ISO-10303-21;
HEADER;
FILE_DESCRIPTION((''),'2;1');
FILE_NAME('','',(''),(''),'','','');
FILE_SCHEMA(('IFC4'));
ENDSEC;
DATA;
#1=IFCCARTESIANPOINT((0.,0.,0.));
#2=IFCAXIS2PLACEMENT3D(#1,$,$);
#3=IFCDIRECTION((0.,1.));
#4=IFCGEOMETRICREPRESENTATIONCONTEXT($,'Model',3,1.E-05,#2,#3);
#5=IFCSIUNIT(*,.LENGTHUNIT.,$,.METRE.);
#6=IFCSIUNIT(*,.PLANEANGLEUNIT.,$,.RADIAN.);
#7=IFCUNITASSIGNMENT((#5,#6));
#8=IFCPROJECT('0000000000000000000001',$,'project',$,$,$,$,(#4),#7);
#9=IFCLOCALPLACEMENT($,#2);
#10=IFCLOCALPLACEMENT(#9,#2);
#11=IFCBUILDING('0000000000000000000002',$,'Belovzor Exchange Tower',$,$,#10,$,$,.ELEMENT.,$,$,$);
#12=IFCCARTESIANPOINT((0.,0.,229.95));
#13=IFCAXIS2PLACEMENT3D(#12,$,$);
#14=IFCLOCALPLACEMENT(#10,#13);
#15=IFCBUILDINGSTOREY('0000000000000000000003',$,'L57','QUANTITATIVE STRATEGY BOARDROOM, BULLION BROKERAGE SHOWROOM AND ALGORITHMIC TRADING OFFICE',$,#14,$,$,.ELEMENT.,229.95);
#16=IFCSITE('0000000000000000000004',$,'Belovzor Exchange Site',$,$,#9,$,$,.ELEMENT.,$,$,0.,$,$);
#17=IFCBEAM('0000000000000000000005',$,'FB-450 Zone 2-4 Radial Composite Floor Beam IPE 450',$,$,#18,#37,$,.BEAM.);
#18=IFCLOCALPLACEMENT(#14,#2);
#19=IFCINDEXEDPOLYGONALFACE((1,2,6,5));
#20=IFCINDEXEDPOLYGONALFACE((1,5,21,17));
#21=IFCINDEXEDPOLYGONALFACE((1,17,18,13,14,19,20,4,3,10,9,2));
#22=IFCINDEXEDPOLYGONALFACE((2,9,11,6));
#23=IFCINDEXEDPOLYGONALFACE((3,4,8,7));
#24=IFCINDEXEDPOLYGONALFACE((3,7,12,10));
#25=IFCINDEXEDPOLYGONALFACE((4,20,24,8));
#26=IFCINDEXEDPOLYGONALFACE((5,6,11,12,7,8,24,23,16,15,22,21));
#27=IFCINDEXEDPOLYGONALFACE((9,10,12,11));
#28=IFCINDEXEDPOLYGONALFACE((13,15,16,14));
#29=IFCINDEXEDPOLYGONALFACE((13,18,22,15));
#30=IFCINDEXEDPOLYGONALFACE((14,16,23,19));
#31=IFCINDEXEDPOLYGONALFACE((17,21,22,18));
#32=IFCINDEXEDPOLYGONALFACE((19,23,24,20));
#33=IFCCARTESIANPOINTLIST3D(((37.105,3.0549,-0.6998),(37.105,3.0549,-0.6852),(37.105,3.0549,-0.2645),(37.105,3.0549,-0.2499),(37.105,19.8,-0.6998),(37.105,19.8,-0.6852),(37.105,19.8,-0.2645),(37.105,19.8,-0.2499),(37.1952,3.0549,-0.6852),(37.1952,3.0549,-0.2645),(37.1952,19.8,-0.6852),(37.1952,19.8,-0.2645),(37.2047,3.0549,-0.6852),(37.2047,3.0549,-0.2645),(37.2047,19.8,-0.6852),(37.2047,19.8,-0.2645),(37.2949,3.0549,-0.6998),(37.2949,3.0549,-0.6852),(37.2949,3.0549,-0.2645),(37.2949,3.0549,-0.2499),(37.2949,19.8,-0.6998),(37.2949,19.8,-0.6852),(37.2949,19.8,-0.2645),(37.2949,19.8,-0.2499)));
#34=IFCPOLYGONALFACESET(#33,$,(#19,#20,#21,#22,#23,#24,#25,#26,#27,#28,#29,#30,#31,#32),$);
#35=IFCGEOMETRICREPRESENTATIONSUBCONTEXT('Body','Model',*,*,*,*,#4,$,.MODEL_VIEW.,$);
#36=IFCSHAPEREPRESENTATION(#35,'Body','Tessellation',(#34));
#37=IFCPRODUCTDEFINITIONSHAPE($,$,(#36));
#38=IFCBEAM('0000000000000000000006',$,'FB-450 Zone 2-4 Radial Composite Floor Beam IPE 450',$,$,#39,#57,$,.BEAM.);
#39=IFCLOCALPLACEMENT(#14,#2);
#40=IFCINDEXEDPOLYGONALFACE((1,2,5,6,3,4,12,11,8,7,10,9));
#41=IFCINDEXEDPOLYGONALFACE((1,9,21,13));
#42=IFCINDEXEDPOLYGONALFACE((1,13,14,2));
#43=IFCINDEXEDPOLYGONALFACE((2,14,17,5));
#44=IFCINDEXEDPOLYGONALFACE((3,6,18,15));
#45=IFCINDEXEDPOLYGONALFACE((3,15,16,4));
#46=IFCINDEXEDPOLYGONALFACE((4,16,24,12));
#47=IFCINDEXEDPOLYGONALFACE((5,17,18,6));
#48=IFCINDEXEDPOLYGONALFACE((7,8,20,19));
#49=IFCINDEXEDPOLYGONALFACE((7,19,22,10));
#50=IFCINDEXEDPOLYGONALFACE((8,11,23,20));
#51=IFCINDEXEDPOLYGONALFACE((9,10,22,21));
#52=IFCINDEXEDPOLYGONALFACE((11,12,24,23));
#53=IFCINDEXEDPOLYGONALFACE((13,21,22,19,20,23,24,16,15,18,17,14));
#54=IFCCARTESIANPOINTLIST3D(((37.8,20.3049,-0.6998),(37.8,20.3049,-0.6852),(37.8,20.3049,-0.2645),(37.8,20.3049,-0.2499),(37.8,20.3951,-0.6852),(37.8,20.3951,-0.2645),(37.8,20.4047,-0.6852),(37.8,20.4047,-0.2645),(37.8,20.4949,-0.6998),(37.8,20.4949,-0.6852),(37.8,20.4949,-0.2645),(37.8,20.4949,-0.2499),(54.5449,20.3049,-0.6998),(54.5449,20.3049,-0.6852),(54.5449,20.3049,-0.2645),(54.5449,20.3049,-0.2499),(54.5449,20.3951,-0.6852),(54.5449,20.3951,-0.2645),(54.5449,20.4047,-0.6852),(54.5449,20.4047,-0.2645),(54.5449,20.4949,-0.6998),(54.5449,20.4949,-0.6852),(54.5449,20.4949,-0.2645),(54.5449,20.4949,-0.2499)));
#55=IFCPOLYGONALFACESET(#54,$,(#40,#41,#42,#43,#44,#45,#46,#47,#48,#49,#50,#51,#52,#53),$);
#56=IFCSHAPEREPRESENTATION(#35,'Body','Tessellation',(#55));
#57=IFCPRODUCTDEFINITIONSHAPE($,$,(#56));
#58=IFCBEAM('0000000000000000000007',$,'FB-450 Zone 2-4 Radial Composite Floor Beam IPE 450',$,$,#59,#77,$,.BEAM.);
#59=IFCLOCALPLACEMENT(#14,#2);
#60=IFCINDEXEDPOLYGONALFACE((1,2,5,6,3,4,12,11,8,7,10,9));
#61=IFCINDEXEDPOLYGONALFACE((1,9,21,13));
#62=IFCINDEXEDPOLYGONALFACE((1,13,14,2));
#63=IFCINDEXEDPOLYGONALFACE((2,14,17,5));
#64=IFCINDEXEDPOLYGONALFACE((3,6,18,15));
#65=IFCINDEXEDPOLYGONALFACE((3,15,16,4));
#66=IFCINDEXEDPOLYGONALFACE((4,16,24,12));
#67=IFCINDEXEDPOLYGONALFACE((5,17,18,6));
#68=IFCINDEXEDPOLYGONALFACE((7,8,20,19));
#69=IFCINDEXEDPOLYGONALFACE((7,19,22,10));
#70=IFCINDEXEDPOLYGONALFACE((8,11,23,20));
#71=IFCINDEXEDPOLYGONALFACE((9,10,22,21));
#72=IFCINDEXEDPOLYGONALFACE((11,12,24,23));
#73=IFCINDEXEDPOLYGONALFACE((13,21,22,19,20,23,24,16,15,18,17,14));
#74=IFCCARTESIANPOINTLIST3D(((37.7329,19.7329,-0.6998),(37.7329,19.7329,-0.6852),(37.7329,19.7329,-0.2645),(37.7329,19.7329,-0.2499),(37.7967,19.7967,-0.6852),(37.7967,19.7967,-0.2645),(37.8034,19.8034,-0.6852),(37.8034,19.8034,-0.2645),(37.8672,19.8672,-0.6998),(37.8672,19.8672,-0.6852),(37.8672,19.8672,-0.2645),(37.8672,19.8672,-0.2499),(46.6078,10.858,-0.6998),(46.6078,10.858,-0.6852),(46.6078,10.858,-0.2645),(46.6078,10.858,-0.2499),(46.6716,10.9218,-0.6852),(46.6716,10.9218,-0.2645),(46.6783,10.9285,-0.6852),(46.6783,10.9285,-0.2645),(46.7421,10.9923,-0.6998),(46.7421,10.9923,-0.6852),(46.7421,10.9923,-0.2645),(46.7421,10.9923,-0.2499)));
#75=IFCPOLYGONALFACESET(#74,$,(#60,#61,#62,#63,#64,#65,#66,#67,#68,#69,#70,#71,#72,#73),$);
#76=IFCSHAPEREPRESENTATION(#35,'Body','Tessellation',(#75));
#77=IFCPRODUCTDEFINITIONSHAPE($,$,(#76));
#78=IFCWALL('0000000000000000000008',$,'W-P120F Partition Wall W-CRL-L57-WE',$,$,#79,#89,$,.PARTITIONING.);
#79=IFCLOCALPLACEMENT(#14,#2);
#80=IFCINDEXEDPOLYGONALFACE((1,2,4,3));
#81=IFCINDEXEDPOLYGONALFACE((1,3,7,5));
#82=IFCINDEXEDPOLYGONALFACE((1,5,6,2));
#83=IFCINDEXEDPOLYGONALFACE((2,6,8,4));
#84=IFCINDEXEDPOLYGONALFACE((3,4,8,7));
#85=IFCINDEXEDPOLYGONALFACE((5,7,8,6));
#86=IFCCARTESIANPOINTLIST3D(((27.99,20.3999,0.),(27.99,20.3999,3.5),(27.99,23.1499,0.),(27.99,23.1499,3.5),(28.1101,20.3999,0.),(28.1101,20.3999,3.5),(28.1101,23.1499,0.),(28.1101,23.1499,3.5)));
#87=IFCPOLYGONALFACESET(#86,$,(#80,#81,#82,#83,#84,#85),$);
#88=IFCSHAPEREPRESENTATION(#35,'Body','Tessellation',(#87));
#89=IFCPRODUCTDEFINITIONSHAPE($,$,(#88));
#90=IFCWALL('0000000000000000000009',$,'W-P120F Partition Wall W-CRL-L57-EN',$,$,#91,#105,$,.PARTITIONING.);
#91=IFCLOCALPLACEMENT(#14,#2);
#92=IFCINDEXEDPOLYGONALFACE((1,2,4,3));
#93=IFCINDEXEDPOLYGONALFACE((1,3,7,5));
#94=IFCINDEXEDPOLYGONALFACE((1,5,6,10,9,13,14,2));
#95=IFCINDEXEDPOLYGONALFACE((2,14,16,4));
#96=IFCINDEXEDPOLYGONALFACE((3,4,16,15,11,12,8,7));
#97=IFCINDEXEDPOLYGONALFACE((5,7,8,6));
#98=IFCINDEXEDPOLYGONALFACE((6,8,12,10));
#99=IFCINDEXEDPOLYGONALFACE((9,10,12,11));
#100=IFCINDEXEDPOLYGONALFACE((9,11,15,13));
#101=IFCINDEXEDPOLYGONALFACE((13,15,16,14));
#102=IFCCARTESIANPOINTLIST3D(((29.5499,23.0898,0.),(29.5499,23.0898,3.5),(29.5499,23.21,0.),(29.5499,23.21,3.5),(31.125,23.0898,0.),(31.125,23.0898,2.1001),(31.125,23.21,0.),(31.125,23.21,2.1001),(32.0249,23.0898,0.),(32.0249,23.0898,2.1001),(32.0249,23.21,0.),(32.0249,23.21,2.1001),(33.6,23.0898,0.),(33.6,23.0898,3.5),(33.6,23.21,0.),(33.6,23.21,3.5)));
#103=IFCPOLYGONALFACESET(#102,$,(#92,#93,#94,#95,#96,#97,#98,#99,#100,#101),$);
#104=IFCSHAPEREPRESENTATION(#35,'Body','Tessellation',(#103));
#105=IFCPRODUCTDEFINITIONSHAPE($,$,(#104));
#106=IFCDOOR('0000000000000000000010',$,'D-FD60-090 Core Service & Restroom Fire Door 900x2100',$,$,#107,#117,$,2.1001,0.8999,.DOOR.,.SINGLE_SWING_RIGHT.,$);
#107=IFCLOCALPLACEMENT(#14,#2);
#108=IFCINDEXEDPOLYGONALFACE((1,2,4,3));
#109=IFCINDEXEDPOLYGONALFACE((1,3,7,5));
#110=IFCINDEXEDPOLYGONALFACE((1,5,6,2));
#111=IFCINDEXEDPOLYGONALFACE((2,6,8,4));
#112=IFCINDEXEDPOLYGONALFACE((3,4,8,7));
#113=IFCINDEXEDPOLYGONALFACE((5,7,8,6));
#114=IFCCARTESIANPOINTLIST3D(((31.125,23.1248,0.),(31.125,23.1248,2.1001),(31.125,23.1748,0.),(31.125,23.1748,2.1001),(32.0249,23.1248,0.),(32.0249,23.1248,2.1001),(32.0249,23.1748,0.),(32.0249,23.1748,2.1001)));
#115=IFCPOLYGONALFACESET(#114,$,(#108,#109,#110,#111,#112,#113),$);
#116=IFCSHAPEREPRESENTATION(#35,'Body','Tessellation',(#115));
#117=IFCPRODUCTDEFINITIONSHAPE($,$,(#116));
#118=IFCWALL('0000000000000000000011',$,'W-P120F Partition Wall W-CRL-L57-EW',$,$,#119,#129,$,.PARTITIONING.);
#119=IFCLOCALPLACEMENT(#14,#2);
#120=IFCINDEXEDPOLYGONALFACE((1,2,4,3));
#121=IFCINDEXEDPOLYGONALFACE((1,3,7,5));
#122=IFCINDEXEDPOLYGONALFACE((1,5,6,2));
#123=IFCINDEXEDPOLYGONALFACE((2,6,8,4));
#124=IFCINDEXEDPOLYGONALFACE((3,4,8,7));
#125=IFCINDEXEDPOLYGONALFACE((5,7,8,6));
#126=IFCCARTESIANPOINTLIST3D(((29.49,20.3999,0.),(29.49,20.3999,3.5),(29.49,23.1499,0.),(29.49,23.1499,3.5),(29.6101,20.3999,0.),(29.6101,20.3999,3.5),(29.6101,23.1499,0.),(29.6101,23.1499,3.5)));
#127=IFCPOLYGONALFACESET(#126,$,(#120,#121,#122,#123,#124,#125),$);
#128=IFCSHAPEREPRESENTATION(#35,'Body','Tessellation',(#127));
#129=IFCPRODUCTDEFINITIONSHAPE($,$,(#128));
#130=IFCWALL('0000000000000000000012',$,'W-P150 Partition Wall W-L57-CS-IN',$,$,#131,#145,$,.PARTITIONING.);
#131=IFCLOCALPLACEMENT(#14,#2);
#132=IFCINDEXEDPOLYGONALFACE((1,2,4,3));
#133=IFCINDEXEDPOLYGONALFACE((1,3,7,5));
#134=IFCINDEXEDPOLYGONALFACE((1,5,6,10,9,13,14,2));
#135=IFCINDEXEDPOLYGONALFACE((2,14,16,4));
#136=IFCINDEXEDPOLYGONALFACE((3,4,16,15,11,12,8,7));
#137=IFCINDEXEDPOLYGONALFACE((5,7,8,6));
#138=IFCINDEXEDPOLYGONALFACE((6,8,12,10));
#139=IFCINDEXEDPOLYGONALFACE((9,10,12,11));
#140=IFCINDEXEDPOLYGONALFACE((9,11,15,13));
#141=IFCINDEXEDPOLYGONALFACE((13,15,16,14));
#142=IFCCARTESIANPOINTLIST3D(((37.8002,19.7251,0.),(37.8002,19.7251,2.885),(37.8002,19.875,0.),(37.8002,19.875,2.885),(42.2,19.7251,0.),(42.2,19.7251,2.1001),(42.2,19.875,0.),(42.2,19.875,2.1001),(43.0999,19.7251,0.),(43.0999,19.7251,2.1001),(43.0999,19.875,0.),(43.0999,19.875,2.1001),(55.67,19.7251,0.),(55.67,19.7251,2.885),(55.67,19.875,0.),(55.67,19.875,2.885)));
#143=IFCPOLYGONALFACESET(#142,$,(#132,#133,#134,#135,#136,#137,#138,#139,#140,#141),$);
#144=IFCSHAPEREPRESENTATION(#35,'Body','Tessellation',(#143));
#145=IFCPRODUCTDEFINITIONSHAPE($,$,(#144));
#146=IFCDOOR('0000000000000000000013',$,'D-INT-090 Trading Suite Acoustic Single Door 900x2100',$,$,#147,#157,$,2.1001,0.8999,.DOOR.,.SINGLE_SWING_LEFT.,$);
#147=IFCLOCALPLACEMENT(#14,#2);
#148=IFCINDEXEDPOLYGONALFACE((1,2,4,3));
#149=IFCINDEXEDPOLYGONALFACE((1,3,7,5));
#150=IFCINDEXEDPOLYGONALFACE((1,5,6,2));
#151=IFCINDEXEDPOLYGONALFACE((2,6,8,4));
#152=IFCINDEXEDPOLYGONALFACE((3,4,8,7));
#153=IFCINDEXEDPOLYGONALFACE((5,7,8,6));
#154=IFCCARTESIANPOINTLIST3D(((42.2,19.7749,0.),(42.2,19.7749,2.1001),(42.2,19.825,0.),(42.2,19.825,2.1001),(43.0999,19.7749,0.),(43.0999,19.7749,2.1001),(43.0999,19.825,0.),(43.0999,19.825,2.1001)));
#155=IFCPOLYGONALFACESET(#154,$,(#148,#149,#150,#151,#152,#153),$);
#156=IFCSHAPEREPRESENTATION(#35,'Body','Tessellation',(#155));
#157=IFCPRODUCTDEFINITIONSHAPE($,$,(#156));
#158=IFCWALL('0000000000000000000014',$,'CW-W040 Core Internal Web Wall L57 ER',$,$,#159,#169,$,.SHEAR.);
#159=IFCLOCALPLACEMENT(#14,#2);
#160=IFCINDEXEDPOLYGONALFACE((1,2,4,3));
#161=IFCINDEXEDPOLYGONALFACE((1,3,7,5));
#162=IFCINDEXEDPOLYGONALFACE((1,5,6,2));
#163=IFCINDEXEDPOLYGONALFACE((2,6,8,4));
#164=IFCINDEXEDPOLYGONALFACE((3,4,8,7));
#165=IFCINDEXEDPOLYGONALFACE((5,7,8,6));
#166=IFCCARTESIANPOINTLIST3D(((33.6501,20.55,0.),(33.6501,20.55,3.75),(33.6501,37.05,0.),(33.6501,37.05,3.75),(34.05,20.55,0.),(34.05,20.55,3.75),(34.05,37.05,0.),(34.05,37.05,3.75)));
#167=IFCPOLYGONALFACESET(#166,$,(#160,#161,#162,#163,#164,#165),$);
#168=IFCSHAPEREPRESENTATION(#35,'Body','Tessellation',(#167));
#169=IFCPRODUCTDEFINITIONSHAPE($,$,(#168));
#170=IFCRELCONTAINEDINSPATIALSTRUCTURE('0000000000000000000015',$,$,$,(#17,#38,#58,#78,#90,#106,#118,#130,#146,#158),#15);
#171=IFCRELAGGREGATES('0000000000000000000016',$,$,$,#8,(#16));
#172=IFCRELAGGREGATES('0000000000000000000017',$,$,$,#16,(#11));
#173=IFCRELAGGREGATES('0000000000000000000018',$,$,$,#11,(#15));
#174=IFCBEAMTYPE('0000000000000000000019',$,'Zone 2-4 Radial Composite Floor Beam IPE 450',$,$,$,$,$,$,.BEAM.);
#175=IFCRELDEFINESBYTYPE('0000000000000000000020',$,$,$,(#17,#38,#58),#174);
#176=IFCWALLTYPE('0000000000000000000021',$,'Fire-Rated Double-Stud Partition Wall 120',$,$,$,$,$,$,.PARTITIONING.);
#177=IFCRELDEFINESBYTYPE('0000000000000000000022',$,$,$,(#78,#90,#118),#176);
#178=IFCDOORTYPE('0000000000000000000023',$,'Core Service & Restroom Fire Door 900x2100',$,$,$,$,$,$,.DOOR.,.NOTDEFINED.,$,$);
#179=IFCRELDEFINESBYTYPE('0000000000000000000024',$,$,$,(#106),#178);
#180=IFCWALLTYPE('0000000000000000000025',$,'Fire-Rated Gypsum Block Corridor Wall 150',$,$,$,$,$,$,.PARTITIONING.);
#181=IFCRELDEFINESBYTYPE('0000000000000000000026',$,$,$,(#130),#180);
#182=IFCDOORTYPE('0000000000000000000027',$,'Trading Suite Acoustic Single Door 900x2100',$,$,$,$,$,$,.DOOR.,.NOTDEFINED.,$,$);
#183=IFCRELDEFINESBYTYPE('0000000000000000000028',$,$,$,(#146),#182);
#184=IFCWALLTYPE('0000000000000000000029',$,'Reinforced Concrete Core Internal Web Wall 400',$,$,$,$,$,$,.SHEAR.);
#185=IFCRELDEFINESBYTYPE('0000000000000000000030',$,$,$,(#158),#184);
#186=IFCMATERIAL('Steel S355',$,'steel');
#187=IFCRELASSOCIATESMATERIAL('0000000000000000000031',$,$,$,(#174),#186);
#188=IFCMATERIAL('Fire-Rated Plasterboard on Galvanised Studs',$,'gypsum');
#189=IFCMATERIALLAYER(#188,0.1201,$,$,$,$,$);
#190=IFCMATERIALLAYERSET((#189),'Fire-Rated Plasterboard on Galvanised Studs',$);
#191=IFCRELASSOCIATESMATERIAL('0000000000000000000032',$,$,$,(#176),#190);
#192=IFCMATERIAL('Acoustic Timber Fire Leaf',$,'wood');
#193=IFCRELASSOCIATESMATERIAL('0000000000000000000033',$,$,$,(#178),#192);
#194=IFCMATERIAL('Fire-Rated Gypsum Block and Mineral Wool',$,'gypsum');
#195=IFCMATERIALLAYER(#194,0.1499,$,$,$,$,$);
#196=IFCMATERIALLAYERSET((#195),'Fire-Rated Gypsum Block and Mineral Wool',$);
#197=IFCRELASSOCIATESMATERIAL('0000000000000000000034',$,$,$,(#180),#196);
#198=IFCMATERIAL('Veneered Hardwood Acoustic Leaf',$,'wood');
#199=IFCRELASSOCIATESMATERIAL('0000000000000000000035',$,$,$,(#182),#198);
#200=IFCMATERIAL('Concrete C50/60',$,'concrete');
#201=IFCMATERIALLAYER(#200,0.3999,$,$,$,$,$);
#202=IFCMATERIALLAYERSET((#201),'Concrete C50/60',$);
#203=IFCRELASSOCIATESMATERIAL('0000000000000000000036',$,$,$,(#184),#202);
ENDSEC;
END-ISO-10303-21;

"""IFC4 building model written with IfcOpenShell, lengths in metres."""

from ifc_helpers import new_model, si_unit, direction, frame, frame_2d, origin, origin_2d, place, context, subcontext, project, spatial, rectangle, i_section, extrude, material, layer, layer_set, material_profile, profile_set, type_object, element, fill, save


model = new_model("IFC4")

# Units and contexts
model_context = context("Model", 3, precision=1e-05, world=origin(), true_north=direction((0.0, 1.0)))
body_context = subcontext(model_context, "Body", "Model", "MODEL_VIEW")
ifc_project = project(units=[si_unit("LENGTHUNIT", "METRE"), si_unit("PLANEANGLEUNIT", "RADIAN")], contexts=[model_context])

# Site, building, storey
site_placement = place(None, origin())
site = spatial("IfcSite", under=ifc_project, at=site_placement, Name="Belovzor Exchange Site", CompositionType="ELEMENT", RefElevation=0.0)
building_placement = place(site_placement, origin())
building = spatial("IfcBuilding", under=site, at=building_placement, Name="Belovzor Exchange Tower", CompositionType="ELEMENT")
storey_placement = place(building_placement, frame((0.0, 0.0, 229.95)))
storey = spatial("IfcBuildingStorey", under=building, at=storey_placement, Name="L57", Description="QUANTITATIVE STRATEGY BOARDROOM, BULLION BROKERAGE SHOWROOM AND ALGORITHMIC TRADING OFFICE", CompositionType="ELEMENT", Elevation=229.95)

# Beams
ifc_material_1 = material(Name="Steel S355", Category="steel")
ifc_material_profile = material_profile(ifc_material_1, i_section(OverallWidth=0.1899, OverallDepth=0.45, WebThickness=0.0095, FlangeThickness=0.0146, at=origin_2d()))
ifc_profile_set = profile_set([ifc_material_profile], Name="Steel S355")
beam_type = type_object("IfcBeamType", Name="Zone 2-4 Radial Composite Floor Beam IPE 450", PredefinedType="BEAM", material=ifc_profile_set)
beam_1_placement = place(storey_placement, frame((37.2, 19.8, -0.4749), z_axis=(0.0, -1.0, 0.0), x_axis=(1.0, 0.0, 0.0)))
element("IfcBeam", 1, at=beam_1_placement, inside=storey, type_object=beam_type, Name="FB-450 Zone 2-4 Radial Composite Floor Beam IPE 450", PredefinedType="BEAM", context=body_context, shape_type="SweptSolid", body=[
    extrude(i_section(OverallWidth=0.1899, OverallDepth=0.45, WebThickness=0.0095, FlangeThickness=0.0146, at=origin_2d()), origin(), (0.0, 0.0, 1.0), 16.7451),
])
beam_2_placement = place(storey_placement, frame((37.8, 20.3999, -0.4749), z_axis=(1.0, 0.0, 0.0), x_axis=(0.0, 1.0, 0.0)))
element("IfcBeam", 2, at=beam_2_placement, inside=storey, type_object=beam_type, Name="FB-450 Zone 2-4 Radial Composite Floor Beam IPE 450", PredefinedType="BEAM", context=body_context, shape_type="SweptSolid", body=[
    extrude(i_section(OverallWidth=0.1899, OverallDepth=0.45, WebThickness=0.0095, FlangeThickness=0.0146, at=origin_2d()), origin(), (0.0, 0.0, 1.0), 16.7449),
])
beam_3_placement = place(storey_placement, frame((37.8, 19.8, -0.4749), z_axis=(0.707107, -0.707107, 0.0), x_axis=(0.707107, 0.707107, 0.0)))
element("IfcBeam", 3, at=beam_3_placement, inside=storey, type_object=beam_type, Name="FB-450 Zone 2-4 Radial Composite Floor Beam IPE 450", PredefinedType="BEAM", context=body_context, shape_type="SweptSolid", body=[
    extrude(i_section(OverallWidth=0.1899, OverallDepth=0.45, WebThickness=0.0095, FlangeThickness=0.0146, at=origin_2d()), origin(), (0.0, 0.0, 1.0), 12.551),
])

# Wall
ifc_material_2 = material(Name="Fire-Rated Plasterboard on Galvanised Studs", Category="gypsum")
ifc_layer_1 = layer(ifc_material_2, 0.1201)
ifc_layer_set_1 = layer_set([ifc_layer_1], Name="Fire-Rated Plasterboard on Galvanised Studs")
wall_type_1 = type_object("IfcWallType", Name="Fire-Rated Double-Stud Partition Wall 120", PredefinedType="PARTITIONING", material=ifc_layer_set_1)
wall_1_placement = place(storey_placement, frame((28.05, 20.3999, 0.0), z_axis=(0.0, 0.0, 1.0), x_axis=(0.0, 1.0, 0.0)))
element("IfcWall", 4, at=wall_1_placement, inside=storey, type_object=wall_type_1, Name="W-P120F Partition Wall W-CRL-L57-WE", PredefinedType="PARTITIONING", context=body_context, shape_type="SweptSolid", body=[
    extrude(rectangle(XDim=2.75, YDim=0.1201, at=frame_2d((1.375, 0.0))), origin(), (0.0, 0.0, 1.0), 3.5),
])

# Wall, opening, door
wall_2_placement = place(storey_placement, frame((29.55, 23.1499, 0.0), z_axis=(0.0, 0.0, 1.0), x_axis=(1.0, 0.0, 0.0)))
wall_2 = element("IfcWall", 5, at=wall_2_placement, inside=storey, type_object=wall_type_1, Name="W-P120F Partition Wall W-CRL-L57-EN", PredefinedType="PARTITIONING", context=body_context, shape_type="SweptSolid", body=[
    extrude(rectangle(XDim=4.05, YDim=0.1201, at=frame_2d((2.0249, 0.0))), origin(), (0.0, 0.0, 1.0), 3.5),
])
opening_1_placement = place(wall_2_placement, frame((1.575, 0.0, 0.0)))
opening_1 = element("IfcOpeningElement", 6, at=opening_1_placement, cuts=wall_2, PredefinedType="OPENING", context=body_context, shape_type="SweptSolid", body=[
    extrude(rectangle(XDim=0.8999, YDim=2.1001, at=frame_2d((0.45, 1.05))), frame((0.0, 0.0701, 0.0), z_axis=(0.0, -1.0, 0.0), x_axis=(1.0, 0.0, 0.0)), (0.0, 0.0, 1.0), 0.1401),
])
ifc_material_3 = material(Name="Acoustic Timber Fire Leaf", Category="wood")
door_type_1 = type_object("IfcDoorType", Name="Core Service & Restroom Fire Door 900x2100", OperationType="NOTDEFINED", PredefinedType="DOOR", material=ifc_material_3)
door_1_placement = place(opening_1_placement, origin())
door_1 = element("IfcDoor", 7, at=door_1_placement, inside=storey, type_object=door_type_1, Name="D-FD60-090 Core Service & Restroom Fire Door 900x2100", OperationType="SINGLE_SWING_RIGHT", OverallHeight=2.1001, OverallWidth=0.8999, PredefinedType="DOOR", context=body_context, shape_type="SweptSolid", body=[
    extrude(rectangle(XDim=0.8999, YDim=2.1001, at=frame_2d((0.45, 1.05))), frame((0.0, 0.0249, 0.0), z_axis=(0.0, -1.0, 0.0), x_axis=(1.0, 0.0, 0.0)), (0.0, 0.0, 1.0), 0.05),
])
fill(opening_1, door_1)

# Wall
wall_3_placement = place(storey_placement, frame((29.55, 20.3999, 0.0), z_axis=(0.0, 0.0, 1.0), x_axis=(0.0, 1.0, 0.0)))
element("IfcWall", 8, at=wall_3_placement, inside=storey, type_object=wall_type_1, Name="W-P120F Partition Wall W-CRL-L57-EW", PredefinedType="PARTITIONING", context=body_context, shape_type="SweptSolid", body=[
    extrude(rectangle(XDim=2.75, YDim=0.1201, at=frame_2d((1.375, 0.0))), origin(), (0.0, 0.0, 1.0), 3.5),
])

# Wall, opening, door
ifc_material_4 = material(Name="Fire-Rated Gypsum Block and Mineral Wool", Category="gypsum")
ifc_layer_2 = layer(ifc_material_4, 0.1499)
ifc_layer_set_2 = layer_set([ifc_layer_2], Name="Fire-Rated Gypsum Block and Mineral Wool")
wall_type_2 = type_object("IfcWallType", Name="Fire-Rated Gypsum Block Corridor Wall 150", PredefinedType="PARTITIONING", material=ifc_layer_set_2)
wall_4_placement = place(storey_placement, frame((37.8, 19.8, 0.0), z_axis=(0.0, 0.0, 1.0), x_axis=(1.0, 0.0, 0.0)))
wall_4 = element("IfcWall", 9, at=wall_4_placement, inside=storey, type_object=wall_type_2, Name="W-P150 Partition Wall W-L57-CS-IN", PredefinedType="PARTITIONING", context=body_context, shape_type="SweptSolid", body=[
    extrude(rectangle(XDim=17.8699, YDim=0.1499, at=frame_2d((8.9351, 0.0))), origin(), (0.0, 0.0, 1.0), 2.885),
])
opening_2_placement = place(wall_4_placement, frame((4.3999, 0.0, 0.0)))
opening_2 = element("IfcOpeningElement", 10, at=opening_2_placement, cuts=wall_4, PredefinedType="OPENING", context=body_context, shape_type="SweptSolid", body=[
    extrude(rectangle(XDim=0.8999, YDim=2.1001, at=frame_2d((0.45, 1.05))), frame((0.0, 0.085, 0.0), z_axis=(0.0, -1.0, 0.0), x_axis=(1.0, 0.0, 0.0)), (0.0, 0.0, 1.0), 0.1699),
])
ifc_material_5 = material(Name="Veneered Hardwood Acoustic Leaf", Category="wood")
door_type_2 = type_object("IfcDoorType", Name="Trading Suite Acoustic Single Door 900x2100", OperationType="NOTDEFINED", PredefinedType="DOOR", material=ifc_material_5)
door_2_placement = place(opening_2_placement, origin())
door_2 = element("IfcDoor", 11, at=door_2_placement, inside=storey, type_object=door_type_2, Name="D-INT-090 Trading Suite Acoustic Single Door 900x2100", OperationType="SINGLE_SWING_LEFT", OverallHeight=2.1001, OverallWidth=0.8999, PredefinedType="DOOR", context=body_context, shape_type="SweptSolid", body=[
    extrude(rectangle(XDim=0.8999, YDim=2.1001, at=frame_2d((0.45, 1.05))), frame((0.0, 0.0249, 0.0), z_axis=(0.0, -1.0, 0.0), x_axis=(1.0, 0.0, 0.0)), (0.0, 0.0, 1.0), 0.05),
])
fill(opening_2, door_2)

# Wall
ifc_material_6 = material(Name="Concrete C50/60", Category="concrete")
ifc_layer_3 = layer(ifc_material_6, 0.3999)
ifc_layer_set_3 = layer_set([ifc_layer_3], Name="Concrete C50/60")
wall_type_3 = type_object("IfcWallType", Name="Reinforced Concrete Core Internal Web Wall 400", PredefinedType="SHEAR", material=ifc_layer_set_3)
wall_5_placement = place(storey_placement, frame((33.8501, 20.55, 0.0), z_axis=(0.0, 0.0, 1.0), x_axis=(0.0, 1.0, 0.0)))
element("IfcWall", 12, at=wall_5_placement, inside=storey, type_object=wall_type_3, Name="CW-W040 Core Internal Web Wall L57 ER", PredefinedType="SHEAR", context=body_context, shape_type="SweptSolid", body=[
    extrude(rectangle(XDim=16.5, YDim=0.3999, at=frame_2d((8.25, 0.0))), origin(), (0.0, 0.0, 1.0), 3.75),
])

save(model, "model.ifc")
